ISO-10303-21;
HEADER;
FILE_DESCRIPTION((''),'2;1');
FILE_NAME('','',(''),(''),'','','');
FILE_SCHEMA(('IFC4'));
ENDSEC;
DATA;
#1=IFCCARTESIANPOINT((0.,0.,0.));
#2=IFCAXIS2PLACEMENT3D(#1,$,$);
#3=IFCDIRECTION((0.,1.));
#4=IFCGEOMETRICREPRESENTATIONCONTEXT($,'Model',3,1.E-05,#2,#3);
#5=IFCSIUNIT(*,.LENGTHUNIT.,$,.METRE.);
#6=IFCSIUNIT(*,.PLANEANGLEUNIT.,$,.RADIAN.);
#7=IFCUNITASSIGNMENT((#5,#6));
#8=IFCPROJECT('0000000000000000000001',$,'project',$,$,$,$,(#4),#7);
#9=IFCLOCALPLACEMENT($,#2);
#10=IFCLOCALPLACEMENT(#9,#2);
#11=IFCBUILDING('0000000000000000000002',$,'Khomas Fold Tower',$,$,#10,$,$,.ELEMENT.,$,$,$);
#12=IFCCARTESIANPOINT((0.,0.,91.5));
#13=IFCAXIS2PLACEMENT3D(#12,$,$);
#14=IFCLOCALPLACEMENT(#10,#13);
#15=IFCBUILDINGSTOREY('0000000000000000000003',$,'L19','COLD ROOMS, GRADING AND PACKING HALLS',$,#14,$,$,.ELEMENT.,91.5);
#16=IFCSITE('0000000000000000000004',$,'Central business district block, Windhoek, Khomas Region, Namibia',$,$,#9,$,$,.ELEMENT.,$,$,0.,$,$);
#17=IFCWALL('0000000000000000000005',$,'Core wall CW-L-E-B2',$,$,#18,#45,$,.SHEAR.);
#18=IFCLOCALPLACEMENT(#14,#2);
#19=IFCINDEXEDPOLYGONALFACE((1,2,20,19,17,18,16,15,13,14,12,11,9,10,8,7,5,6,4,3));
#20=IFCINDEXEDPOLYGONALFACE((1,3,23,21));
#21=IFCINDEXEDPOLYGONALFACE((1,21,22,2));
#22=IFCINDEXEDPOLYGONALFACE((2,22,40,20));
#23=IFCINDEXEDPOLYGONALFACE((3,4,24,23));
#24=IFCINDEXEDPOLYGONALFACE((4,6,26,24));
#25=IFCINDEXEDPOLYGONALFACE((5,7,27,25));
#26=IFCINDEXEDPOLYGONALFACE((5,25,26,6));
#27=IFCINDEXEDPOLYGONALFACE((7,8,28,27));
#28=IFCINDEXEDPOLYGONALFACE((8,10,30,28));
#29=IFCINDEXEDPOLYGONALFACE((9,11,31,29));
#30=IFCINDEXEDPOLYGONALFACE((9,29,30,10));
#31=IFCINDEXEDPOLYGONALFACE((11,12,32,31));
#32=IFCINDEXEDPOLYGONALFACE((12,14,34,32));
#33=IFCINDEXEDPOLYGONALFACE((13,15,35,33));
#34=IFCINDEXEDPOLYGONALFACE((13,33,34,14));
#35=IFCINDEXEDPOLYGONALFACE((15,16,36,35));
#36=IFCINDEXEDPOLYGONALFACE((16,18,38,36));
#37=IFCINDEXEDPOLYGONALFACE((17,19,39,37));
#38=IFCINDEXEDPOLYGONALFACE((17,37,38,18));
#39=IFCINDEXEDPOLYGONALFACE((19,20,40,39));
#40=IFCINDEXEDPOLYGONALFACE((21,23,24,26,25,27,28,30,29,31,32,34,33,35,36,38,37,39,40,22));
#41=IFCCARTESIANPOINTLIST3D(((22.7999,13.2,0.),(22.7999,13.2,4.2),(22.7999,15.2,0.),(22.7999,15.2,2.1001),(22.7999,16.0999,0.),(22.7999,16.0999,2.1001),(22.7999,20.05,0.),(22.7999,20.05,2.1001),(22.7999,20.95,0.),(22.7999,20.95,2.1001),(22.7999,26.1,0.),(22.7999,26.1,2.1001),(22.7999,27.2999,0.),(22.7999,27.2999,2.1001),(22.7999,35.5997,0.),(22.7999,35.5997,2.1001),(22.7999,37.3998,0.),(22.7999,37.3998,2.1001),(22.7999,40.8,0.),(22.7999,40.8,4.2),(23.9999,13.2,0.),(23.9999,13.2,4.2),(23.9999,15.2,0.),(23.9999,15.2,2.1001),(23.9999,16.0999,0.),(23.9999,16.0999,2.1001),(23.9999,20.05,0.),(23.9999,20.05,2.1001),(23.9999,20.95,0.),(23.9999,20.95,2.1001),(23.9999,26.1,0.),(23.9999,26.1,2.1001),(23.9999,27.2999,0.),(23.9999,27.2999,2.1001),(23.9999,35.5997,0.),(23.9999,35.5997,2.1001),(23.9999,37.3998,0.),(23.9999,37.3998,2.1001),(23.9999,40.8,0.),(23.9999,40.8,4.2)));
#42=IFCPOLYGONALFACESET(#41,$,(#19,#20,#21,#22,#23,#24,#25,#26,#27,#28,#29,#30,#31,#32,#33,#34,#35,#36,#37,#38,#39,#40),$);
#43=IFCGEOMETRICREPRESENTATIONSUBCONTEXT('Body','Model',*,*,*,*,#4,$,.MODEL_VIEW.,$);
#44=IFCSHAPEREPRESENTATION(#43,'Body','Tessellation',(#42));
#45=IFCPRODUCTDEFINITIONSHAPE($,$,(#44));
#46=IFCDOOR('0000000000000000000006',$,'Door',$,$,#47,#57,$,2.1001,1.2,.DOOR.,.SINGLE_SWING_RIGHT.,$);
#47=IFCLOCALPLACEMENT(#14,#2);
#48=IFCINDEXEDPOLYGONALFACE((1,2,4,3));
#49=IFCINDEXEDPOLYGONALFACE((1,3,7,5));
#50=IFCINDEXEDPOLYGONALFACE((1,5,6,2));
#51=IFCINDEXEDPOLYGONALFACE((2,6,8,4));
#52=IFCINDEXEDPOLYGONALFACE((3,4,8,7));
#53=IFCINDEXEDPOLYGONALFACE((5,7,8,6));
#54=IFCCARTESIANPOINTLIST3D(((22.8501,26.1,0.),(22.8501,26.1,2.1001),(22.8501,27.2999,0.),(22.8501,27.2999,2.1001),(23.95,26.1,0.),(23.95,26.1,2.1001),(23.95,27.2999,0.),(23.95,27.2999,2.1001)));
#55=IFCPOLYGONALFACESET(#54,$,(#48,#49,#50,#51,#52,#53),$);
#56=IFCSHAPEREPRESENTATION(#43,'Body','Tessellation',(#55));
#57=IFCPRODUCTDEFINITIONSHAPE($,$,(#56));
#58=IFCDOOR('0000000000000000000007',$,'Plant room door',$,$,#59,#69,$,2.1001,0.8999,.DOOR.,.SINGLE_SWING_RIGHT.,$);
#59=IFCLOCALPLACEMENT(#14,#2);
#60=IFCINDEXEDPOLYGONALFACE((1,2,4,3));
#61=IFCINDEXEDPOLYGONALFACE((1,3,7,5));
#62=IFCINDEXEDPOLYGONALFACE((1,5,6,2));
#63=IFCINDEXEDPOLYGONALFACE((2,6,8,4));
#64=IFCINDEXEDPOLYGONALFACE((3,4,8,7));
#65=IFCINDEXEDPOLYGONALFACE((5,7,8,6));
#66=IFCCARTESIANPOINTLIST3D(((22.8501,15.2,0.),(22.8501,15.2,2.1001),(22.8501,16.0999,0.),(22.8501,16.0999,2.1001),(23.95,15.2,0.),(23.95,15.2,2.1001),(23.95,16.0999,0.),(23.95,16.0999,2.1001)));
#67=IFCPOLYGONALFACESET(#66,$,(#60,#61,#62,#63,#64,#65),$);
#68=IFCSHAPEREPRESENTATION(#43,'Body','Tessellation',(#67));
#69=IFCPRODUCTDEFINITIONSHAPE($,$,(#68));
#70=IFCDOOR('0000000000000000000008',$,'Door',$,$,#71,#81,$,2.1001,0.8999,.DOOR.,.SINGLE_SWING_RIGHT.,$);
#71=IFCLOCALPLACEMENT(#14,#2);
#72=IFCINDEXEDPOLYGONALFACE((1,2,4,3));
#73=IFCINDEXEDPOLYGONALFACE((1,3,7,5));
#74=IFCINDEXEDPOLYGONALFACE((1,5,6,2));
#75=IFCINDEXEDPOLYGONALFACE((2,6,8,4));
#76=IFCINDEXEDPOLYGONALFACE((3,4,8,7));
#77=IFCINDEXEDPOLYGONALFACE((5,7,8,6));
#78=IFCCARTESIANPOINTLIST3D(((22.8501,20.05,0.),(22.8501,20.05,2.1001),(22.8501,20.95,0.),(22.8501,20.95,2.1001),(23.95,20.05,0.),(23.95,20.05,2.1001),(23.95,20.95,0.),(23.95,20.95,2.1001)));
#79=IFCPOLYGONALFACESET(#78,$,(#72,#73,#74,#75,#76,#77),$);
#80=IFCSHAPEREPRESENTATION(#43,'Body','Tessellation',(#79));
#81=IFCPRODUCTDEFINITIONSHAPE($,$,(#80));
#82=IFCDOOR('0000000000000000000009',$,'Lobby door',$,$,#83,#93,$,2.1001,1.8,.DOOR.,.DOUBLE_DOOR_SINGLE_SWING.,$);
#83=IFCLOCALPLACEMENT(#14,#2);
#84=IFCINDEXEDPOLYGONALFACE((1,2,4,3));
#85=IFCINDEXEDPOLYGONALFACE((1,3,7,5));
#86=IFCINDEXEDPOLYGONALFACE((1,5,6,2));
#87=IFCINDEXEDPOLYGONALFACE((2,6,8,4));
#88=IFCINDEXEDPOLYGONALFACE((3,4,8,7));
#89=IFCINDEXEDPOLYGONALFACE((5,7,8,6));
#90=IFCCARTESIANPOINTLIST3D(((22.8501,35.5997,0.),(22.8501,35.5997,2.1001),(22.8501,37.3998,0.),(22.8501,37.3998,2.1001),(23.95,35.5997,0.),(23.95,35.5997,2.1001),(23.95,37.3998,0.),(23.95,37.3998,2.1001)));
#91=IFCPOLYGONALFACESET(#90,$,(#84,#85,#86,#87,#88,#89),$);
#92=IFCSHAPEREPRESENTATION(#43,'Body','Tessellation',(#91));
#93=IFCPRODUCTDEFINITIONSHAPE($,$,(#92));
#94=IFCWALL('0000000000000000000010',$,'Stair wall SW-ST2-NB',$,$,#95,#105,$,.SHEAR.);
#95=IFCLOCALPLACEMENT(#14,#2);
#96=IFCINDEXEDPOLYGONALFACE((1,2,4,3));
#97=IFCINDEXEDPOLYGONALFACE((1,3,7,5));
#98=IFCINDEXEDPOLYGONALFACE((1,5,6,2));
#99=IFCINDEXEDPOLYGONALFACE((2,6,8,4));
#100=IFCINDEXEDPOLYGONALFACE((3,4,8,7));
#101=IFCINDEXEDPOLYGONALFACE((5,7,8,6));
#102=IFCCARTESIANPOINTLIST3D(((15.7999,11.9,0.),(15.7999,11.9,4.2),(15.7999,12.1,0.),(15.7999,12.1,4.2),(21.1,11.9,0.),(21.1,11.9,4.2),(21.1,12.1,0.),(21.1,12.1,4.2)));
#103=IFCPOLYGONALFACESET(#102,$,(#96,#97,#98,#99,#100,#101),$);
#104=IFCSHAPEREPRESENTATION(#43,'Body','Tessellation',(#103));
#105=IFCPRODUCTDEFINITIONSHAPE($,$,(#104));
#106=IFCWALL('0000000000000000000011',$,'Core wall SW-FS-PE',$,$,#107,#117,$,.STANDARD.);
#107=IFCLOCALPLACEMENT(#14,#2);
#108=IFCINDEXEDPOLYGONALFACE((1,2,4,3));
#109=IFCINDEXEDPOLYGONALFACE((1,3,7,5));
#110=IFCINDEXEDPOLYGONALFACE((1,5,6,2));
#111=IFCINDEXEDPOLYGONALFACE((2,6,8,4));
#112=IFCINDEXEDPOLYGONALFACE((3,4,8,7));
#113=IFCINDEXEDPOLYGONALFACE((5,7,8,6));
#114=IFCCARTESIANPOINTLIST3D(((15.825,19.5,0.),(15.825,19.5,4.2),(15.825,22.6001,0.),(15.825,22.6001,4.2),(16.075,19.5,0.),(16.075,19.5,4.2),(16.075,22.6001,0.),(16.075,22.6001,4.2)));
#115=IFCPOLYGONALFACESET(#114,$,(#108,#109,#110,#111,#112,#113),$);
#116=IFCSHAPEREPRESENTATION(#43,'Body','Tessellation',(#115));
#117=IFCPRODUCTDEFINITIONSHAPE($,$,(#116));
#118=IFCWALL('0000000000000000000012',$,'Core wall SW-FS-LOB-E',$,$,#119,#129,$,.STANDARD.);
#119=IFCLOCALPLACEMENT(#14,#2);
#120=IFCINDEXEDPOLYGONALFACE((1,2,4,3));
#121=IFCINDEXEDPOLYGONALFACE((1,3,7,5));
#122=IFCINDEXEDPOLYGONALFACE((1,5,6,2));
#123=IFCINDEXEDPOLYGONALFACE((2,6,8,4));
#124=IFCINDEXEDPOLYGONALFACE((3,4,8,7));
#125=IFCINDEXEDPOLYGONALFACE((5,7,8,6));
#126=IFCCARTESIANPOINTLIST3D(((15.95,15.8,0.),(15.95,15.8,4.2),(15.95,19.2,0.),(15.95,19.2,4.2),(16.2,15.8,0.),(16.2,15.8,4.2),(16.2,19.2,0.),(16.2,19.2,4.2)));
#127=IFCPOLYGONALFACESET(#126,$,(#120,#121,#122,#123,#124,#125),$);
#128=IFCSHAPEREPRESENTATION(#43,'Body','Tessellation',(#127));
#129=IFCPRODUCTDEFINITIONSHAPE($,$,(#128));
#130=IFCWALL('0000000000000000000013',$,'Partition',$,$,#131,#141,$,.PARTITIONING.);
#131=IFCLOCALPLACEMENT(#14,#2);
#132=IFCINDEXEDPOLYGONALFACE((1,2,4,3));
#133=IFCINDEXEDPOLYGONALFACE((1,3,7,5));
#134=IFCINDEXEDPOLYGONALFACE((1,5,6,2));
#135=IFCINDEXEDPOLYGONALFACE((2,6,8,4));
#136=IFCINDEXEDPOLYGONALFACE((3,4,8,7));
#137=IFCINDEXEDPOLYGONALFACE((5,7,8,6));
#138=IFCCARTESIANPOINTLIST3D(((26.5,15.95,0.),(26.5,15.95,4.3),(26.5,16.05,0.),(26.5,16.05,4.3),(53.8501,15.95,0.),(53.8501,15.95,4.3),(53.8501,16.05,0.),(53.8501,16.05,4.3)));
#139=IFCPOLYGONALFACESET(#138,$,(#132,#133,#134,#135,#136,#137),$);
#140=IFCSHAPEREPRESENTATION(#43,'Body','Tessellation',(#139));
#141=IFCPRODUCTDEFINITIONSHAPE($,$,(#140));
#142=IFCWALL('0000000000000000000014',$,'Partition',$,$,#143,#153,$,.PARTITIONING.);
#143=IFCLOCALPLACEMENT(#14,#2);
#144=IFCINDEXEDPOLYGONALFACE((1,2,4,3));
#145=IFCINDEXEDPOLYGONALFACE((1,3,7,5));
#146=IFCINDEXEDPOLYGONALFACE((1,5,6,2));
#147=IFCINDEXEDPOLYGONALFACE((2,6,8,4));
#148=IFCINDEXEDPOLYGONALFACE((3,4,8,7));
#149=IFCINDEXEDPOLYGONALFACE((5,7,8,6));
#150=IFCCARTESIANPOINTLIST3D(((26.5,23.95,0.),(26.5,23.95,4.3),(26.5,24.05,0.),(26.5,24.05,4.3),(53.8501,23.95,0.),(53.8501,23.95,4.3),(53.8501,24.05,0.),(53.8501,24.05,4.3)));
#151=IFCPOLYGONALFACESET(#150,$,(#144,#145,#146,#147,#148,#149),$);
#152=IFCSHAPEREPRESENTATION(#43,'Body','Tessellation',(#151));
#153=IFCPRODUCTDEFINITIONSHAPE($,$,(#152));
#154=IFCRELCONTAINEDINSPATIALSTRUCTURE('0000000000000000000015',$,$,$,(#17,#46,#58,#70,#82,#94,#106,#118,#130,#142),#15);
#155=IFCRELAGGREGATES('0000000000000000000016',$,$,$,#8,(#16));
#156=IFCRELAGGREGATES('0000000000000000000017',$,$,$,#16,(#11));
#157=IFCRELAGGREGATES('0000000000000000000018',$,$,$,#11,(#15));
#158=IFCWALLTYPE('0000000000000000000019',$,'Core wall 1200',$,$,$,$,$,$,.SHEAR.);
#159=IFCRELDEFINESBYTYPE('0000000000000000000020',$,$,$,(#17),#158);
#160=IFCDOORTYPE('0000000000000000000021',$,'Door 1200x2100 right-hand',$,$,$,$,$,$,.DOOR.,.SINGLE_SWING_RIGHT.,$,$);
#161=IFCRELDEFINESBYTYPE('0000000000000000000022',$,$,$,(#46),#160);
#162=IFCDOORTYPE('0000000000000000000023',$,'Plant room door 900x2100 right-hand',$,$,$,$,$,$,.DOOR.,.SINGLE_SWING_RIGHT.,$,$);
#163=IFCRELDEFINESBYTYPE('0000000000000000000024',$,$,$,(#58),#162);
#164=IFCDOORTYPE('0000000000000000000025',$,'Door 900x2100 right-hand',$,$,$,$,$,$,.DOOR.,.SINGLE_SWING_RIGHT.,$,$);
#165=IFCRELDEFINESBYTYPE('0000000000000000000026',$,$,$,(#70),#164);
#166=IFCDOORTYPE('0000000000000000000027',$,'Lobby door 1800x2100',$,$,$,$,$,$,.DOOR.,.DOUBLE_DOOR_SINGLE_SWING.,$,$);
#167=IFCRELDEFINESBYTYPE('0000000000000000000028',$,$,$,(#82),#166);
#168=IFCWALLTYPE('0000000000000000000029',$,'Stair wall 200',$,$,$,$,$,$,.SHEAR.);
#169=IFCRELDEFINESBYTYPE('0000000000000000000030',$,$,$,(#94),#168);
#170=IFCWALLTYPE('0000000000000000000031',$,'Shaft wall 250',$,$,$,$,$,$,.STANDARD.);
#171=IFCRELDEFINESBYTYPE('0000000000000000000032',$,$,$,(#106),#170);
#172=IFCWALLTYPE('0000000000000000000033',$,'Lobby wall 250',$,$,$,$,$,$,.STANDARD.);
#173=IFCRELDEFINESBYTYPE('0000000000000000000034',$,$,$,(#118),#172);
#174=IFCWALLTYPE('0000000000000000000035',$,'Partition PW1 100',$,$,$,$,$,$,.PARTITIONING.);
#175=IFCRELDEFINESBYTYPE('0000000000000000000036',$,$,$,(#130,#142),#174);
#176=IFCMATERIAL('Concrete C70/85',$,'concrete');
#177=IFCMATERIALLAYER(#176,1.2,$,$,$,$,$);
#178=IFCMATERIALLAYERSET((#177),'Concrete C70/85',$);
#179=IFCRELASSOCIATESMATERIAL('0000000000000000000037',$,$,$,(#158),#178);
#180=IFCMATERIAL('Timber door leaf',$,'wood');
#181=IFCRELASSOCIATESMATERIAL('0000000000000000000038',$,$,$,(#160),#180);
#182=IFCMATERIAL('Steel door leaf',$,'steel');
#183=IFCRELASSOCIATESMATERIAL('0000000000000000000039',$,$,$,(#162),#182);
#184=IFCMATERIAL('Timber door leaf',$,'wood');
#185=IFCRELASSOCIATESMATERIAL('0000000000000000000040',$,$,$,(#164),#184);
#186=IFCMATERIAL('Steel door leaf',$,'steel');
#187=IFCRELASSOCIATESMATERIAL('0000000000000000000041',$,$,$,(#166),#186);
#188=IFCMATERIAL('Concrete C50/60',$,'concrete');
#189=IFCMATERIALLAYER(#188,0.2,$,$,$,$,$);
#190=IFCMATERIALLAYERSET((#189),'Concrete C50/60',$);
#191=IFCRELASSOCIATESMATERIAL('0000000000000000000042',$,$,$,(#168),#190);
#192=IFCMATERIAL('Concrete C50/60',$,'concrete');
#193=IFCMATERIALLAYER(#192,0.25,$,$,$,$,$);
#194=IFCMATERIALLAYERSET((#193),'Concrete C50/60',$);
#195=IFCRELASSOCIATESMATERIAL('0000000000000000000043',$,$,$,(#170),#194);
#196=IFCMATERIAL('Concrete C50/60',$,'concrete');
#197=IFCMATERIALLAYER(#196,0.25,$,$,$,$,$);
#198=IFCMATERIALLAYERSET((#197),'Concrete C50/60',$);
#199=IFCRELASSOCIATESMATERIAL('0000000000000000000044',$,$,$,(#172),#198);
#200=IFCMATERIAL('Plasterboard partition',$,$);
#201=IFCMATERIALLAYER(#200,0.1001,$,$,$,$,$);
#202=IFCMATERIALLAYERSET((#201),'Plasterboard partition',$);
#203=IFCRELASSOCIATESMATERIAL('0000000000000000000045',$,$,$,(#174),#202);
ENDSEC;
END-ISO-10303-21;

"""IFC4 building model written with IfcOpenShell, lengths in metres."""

from ifc_helpers import new_model, si_unit, direction, frame, frame_2d, origin, place, context, subcontext, project, spatial, rectangle, extrude, source, transform, mapped, material, layer, layer_set, type_object, element, fill, save


model = new_model("IFC4")

# Units and contexts
model_context = context("Model", 3, precision=1e-05, world=origin(), true_north=direction((0.0, 1.0)))
body_context = subcontext(model_context, "Body", "Model", "MODEL_VIEW")
ifc_project = project(units=[si_unit("LENGTHUNIT", "METRE"), si_unit("PLANEANGLEUNIT", "RADIAN")], contexts=[model_context])

# Site, building, storey
site_placement = place(None, origin())
site = spatial("IfcSite", under=ifc_project, at=site_placement, Name="Central business district block, Windhoek, Khomas Region, Namibia", CompositionType="ELEMENT", RefElevation=0.0)
building_placement = place(site_placement, origin())
building = spatial("IfcBuilding", under=site, at=building_placement, Name="Khomas Fold Tower", CompositionType="ELEMENT")
storey_placement = place(building_placement, frame((0.0, 0.0, 91.5)))
storey = spatial("IfcBuildingStorey", under=building, at=storey_placement, Name="L19", Description="COLD ROOMS, GRADING AND PACKING HALLS", CompositionType="ELEMENT", Elevation=91.5)

# Shared definitions
ifc_material_1 = material(Name="Concrete C70/85", Category="concrete")
ifc_layer_1 = layer(ifc_material_1, 1.2)
ifc_layer_set_1 = layer_set([ifc_layer_1], Name="Concrete C70/85")
wall_type_1 = type_object("IfcWallType", Name="Core wall 1200", PredefinedType="SHEAR", material=ifc_layer_set_1)

# Wall, openings, doors
shared_shape_1 = source(origin(), body_context, "Body", "SweptSolid", [
    extrude(rectangle(XDim=27.6001, YDim=1.2, at=frame_2d((13.8, 0.0))), origin(), (0.0, 0.0, 1.0), 4.2),
])
wall_1_placement = place(storey_placement, frame((23.3999, 13.2, 0.0), z_axis=(0.0, 0.0, 1.0), x_axis=(0.0, 1.0, 0.0)))
wall_1 = element("IfcWall", 1, at=wall_1_placement, inside=storey, type_object=wall_type_1, Name="Core wall CW-L-E-B2", PredefinedType="SHEAR", context=body_context, shape_type="MappedRepresentation", body=[
    mapped(shared_shape_1, transform((0.0, 0.0, 0.0))),
])
shared_shape_2 = source(origin(), body_context, "Body", "SweptSolid", [
    extrude(rectangle(XDim=1.8, YDim=2.1001, at=frame_2d((0.8999, 1.05))), frame((0.0, 0.6099, 0.0), z_axis=(0.0, -1.0, 0.0), x_axis=(1.0, 0.0, 0.0)), (0.0, 0.0, 1.0), 1.22),
])
opening_1_placement = place(wall_1_placement, frame((22.3999, 0.0, 0.0)))
opening_1 = element("IfcOpeningElement", 2, at=opening_1_placement, cuts=wall_1, PredefinedType="OPENING", context=body_context, shape_type="MappedRepresentation", body=[
    mapped(shared_shape_2, transform((0.0, 0.0, 0.0))),
])
shared_shape_3 = source(origin(), body_context, "Body", "SweptSolid", [
    extrude(rectangle(XDim=1.2, YDim=2.1001, at=frame_2d((0.6001, 1.05))), frame((0.0, 0.6099, 0.0), z_axis=(0.0, -1.0, 0.0), x_axis=(1.0, 0.0, 0.0)), (0.0, 0.0, 1.0), 1.22),
])
opening_2_placement = place(wall_1_placement, frame((12.8999, 0.0, 0.0)))
opening_2 = element("IfcOpeningElement", 3, at=opening_2_placement, cuts=wall_1, PredefinedType="OPENING", context=body_context, shape_type="MappedRepresentation", body=[
    mapped(shared_shape_3, transform((0.0, 0.0, 0.0))),
])
shared_shape_4 = source(origin(), body_context, "Body", "SweptSolid", [
    extrude(rectangle(XDim=0.8999, YDim=2.1001, at=frame_2d((0.45, 1.05))), frame((0.0, 0.6099, 0.0), z_axis=(0.0, -1.0, 0.0), x_axis=(1.0, 0.0, 0.0)), (0.0, 0.0, 1.0), 1.22),
])
opening_3_placement = place(wall_1_placement, frame((2.0, 0.0, 0.0)))
opening_3 = element("IfcOpeningElement", 4, at=opening_3_placement, cuts=wall_1, PredefinedType="OPENING", context=body_context, shape_type="MappedRepresentation", body=[
    mapped(shared_shape_4, transform((0.0, 0.0, 0.0))),
])
opening_4_placement = place(wall_1_placement, frame((6.8501, 0.0, 0.0)))
opening_4 = element("IfcOpeningElement", 5, at=opening_4_placement, cuts=wall_1, PredefinedType="OPENING", context=body_context, shape_type="MappedRepresentation", body=[
    mapped(shared_shape_4, transform((0.0, 0.0, 0.0))),
])
ifc_material_2 = material(Name="Timber door leaf", Category="wood")
door_type_1 = type_object("IfcDoorType", Name="Door 1200x2100 right-hand", OperationType="SINGLE_SWING_RIGHT", PredefinedType="DOOR", material=ifc_material_2)
shared_shape_5 = source(origin(), body_context, "Body", "SweptSolid", [
    extrude(rectangle(XDim=1.2, YDim=2.1001, at=frame_2d((0.6001, 1.05))), frame((0.0, 0.5498, 0.0), z_axis=(0.0, -1.0, 0.0), x_axis=(1.0, 0.0, 0.0)), (0.0, 0.0, 1.0), 1.0999),
])
door_1_placement = place(opening_2_placement, origin())
door_1 = element("IfcDoor", 6, at=door_1_placement, inside=storey, type_object=door_type_1, Name="Door", OperationType="SINGLE_SWING_RIGHT", OverallHeight=2.1001, OverallWidth=1.2, PredefinedType="DOOR", context=body_context, shape_type="MappedRepresentation", body=[
    mapped(shared_shape_5, transform((0.0, 0.0, 0.0))),
])
fill(opening_2, door_1)
ifc_material_3 = material(Name="Steel door leaf", Category="steel")
door_type_2 = type_object("IfcDoorType", Name="Plant room door 900x2100 right-hand", OperationType="SINGLE_SWING_RIGHT", PredefinedType="DOOR", material=ifc_material_3)
shared_shape_6 = source(origin(), body_context, "Body", "SweptSolid", [
    extrude(rectangle(XDim=0.8999, YDim=2.1001, at=frame_2d((0.45, 1.05))), frame((0.0, 0.5498, 0.0), z_axis=(0.0, -1.0, 0.0), x_axis=(1.0, 0.0, 0.0)), (0.0, 0.0, 1.0), 1.0999),
])
door_2_placement = place(opening_3_placement, origin())
door_2 = element("IfcDoor", 7, at=door_2_placement, inside=storey, type_object=door_type_2, Name="Plant room door", OperationType="SINGLE_SWING_RIGHT", OverallHeight=2.1001, OverallWidth=0.8999, PredefinedType="DOOR", context=body_context, shape_type="MappedRepresentation", body=[
    mapped(shared_shape_6, transform((0.0, 0.0, 0.0))),
])
fill(opening_3, door_2)
ifc_material_4 = material(Name="Timber door leaf", Category="wood")
door_type_3 = type_object("IfcDoorType", Name="Door 900x2100 right-hand", OperationType="SINGLE_SWING_RIGHT", PredefinedType="DOOR", material=ifc_material_4)
door_3_placement = place(opening_4_placement, origin())
door_3 = element("IfcDoor", 8, at=door_3_placement, inside=storey, type_object=door_type_3, Name="Door", OperationType="SINGLE_SWING_RIGHT", OverallHeight=2.1001, OverallWidth=0.8999, PredefinedType="DOOR", context=body_context, shape_type="MappedRepresentation", body=[
    mapped(shared_shape_6, transform((0.0, 0.0, 0.0))),
])
fill(opening_4, door_3)
ifc_material_5 = material(Name="Steel door leaf", Category="steel")
door_type_4 = type_object("IfcDoorType", Name="Lobby door 1800x2100", OperationType="DOUBLE_DOOR_SINGLE_SWING", PredefinedType="DOOR", material=ifc_material_5)
shared_shape_7 = source(origin(), body_context, "Body", "SweptSolid", [
    extrude(rectangle(XDim=1.8, YDim=2.1001, at=frame_2d((0.8999, 1.05))), frame((0.0, 0.5498, 0.0), z_axis=(0.0, -1.0, 0.0), x_axis=(1.0, 0.0, 0.0)), (0.0, 0.0, 1.0), 1.0999),
])
door_4_placement = place(opening_1_placement, origin())
door_4 = element("IfcDoor", 9, at=door_4_placement, inside=storey, type_object=door_type_4, Name="Lobby door", OperationType="DOUBLE_DOOR_SINGLE_SWING", OverallHeight=2.1001, OverallWidth=1.8, PredefinedType="DOOR", context=body_context, shape_type="MappedRepresentation", body=[
    mapped(shared_shape_7, transform((0.0, 0.0, 0.0))),
])
fill(opening_1, door_4)

# Walls
ifc_material_6 = material(Name="Concrete C50/60", Category="concrete")
ifc_layer_2 = layer(ifc_material_6, 0.2)
ifc_layer_set_2 = layer_set([ifc_layer_2], Name="Concrete C50/60")
wall_type_2 = type_object("IfcWallType", Name="Stair wall 200", PredefinedType="SHEAR", material=ifc_layer_set_2)
shared_shape_8 = source(origin(), body_context, "Body", "SweptSolid", [
    extrude(rectangle(XDim=5.3, YDim=0.2, at=frame_2d((2.6499, 0.0))), origin(), (0.0, 0.0, 1.0), 4.2),
])
wall_2_placement = place(storey_placement, frame((15.8, 12.0, 0.0), z_axis=(0.0, 0.0, 1.0), x_axis=(1.0, 0.0, 0.0)))
element("IfcWall", 10, at=wall_2_placement, inside=storey, type_object=wall_type_2, Name="Stair wall SW-ST2-NB", PredefinedType="SHEAR", context=body_context, shape_type="MappedRepresentation", body=[
    mapped(shared_shape_8, transform((0.0, 0.0, 0.0))),
])
ifc_material_7 = material(Name="Concrete C50/60", Category="concrete")
ifc_layer_3 = layer(ifc_material_7, 0.25)
ifc_layer_set_3 = layer_set([ifc_layer_3], Name="Concrete C50/60")
wall_type_3 = type_object("IfcWallType", Name="Shaft wall 250", PredefinedType="STANDARD", material=ifc_layer_set_3)
shared_shape_9 = source(origin(), body_context, "Body", "SweptSolid", [
    extrude(rectangle(XDim=3.1001, YDim=0.25, at=frame_2d((1.55, 0.0))), origin(), (0.0, 0.0, 1.0), 4.2),
])
wall_3_placement = place(storey_placement, frame((15.95, 19.5, 0.0), z_axis=(0.0, 0.0, 1.0), x_axis=(0.0, 1.0, 0.0)))
element("IfcWall", 11, at=wall_3_placement, inside=storey, type_object=wall_type_3, Name="Core wall SW-FS-PE", PredefinedType="STANDARD", context=body_context, shape_type="MappedRepresentation", body=[
    mapped(shared_shape_9, transform((0.0, 0.0, 0.0))),
])
ifc_material_8 = material(Name="Concrete C50/60", Category="concrete")
ifc_layer_4 = layer(ifc_material_8, 0.25)
ifc_layer_set_4 = layer_set([ifc_layer_4], Name="Concrete C50/60")
wall_type_4 = type_object("IfcWallType", Name="Lobby wall 250", PredefinedType="STANDARD", material=ifc_layer_set_4)
shared_shape_10 = source(origin(), body_context, "Body", "SweptSolid", [
    extrude(rectangle(XDim=3.3999, YDim=0.25, at=frame_2d((1.7, 0.0))), origin(), (0.0, 0.0, 1.0), 4.2),
])
wall_4_placement = place(storey_placement, frame((16.075, 15.8, 0.0), z_axis=(0.0, 0.0, 1.0), x_axis=(0.0, 1.0, 0.0)))
element("IfcWall", 12, at=wall_4_placement, inside=storey, type_object=wall_type_4, Name="Core wall SW-FS-LOB-E", PredefinedType="STANDARD", context=body_context, shape_type="MappedRepresentation", body=[
    mapped(shared_shape_10, transform((0.0, 0.0, 0.0))),
])
ifc_material_9 = material(Name="Plasterboard partition")
ifc_layer_5 = layer(ifc_material_9, 0.1001)
ifc_layer_set_5 = layer_set([ifc_layer_5], Name="Plasterboard partition")
wall_type_5 = type_object("IfcWallType", Name="Partition PW1 100", PredefinedType="PARTITIONING", material=ifc_layer_set_5)
shared_shape_11 = source(origin(), body_context, "Body", "SweptSolid", [
    extrude(rectangle(XDim=27.3501, YDim=0.1001, at=frame_2d((13.675, 0.0))), origin(), (0.0, 0.0, 1.0), 4.3),
])
for number, where, z_axis, x_axis, name in (
    (13, (26.5, 16.0, 0.0), (0.0, 0.0, 1.0), (1.0, 0.0, 0.0), "Partition"),
    (14, (26.5, 24.0, 0.0), (0.0, 0.0, 1.0), (1.0, 0.0, 0.0), "Partition"),
):
    element("IfcWall", number, at=place(storey_placement, frame(where, z_axis=z_axis, x_axis=x_axis)), inside=storey, type_object=wall_type_5, Name=name, PredefinedType="PARTITIONING", context=body_context, shape_type="MappedRepresentation", body=[
        mapped(shared_shape_11, transform((0.0, 0.0, 0.0))),
    ])

save(model, "model.ifc")
